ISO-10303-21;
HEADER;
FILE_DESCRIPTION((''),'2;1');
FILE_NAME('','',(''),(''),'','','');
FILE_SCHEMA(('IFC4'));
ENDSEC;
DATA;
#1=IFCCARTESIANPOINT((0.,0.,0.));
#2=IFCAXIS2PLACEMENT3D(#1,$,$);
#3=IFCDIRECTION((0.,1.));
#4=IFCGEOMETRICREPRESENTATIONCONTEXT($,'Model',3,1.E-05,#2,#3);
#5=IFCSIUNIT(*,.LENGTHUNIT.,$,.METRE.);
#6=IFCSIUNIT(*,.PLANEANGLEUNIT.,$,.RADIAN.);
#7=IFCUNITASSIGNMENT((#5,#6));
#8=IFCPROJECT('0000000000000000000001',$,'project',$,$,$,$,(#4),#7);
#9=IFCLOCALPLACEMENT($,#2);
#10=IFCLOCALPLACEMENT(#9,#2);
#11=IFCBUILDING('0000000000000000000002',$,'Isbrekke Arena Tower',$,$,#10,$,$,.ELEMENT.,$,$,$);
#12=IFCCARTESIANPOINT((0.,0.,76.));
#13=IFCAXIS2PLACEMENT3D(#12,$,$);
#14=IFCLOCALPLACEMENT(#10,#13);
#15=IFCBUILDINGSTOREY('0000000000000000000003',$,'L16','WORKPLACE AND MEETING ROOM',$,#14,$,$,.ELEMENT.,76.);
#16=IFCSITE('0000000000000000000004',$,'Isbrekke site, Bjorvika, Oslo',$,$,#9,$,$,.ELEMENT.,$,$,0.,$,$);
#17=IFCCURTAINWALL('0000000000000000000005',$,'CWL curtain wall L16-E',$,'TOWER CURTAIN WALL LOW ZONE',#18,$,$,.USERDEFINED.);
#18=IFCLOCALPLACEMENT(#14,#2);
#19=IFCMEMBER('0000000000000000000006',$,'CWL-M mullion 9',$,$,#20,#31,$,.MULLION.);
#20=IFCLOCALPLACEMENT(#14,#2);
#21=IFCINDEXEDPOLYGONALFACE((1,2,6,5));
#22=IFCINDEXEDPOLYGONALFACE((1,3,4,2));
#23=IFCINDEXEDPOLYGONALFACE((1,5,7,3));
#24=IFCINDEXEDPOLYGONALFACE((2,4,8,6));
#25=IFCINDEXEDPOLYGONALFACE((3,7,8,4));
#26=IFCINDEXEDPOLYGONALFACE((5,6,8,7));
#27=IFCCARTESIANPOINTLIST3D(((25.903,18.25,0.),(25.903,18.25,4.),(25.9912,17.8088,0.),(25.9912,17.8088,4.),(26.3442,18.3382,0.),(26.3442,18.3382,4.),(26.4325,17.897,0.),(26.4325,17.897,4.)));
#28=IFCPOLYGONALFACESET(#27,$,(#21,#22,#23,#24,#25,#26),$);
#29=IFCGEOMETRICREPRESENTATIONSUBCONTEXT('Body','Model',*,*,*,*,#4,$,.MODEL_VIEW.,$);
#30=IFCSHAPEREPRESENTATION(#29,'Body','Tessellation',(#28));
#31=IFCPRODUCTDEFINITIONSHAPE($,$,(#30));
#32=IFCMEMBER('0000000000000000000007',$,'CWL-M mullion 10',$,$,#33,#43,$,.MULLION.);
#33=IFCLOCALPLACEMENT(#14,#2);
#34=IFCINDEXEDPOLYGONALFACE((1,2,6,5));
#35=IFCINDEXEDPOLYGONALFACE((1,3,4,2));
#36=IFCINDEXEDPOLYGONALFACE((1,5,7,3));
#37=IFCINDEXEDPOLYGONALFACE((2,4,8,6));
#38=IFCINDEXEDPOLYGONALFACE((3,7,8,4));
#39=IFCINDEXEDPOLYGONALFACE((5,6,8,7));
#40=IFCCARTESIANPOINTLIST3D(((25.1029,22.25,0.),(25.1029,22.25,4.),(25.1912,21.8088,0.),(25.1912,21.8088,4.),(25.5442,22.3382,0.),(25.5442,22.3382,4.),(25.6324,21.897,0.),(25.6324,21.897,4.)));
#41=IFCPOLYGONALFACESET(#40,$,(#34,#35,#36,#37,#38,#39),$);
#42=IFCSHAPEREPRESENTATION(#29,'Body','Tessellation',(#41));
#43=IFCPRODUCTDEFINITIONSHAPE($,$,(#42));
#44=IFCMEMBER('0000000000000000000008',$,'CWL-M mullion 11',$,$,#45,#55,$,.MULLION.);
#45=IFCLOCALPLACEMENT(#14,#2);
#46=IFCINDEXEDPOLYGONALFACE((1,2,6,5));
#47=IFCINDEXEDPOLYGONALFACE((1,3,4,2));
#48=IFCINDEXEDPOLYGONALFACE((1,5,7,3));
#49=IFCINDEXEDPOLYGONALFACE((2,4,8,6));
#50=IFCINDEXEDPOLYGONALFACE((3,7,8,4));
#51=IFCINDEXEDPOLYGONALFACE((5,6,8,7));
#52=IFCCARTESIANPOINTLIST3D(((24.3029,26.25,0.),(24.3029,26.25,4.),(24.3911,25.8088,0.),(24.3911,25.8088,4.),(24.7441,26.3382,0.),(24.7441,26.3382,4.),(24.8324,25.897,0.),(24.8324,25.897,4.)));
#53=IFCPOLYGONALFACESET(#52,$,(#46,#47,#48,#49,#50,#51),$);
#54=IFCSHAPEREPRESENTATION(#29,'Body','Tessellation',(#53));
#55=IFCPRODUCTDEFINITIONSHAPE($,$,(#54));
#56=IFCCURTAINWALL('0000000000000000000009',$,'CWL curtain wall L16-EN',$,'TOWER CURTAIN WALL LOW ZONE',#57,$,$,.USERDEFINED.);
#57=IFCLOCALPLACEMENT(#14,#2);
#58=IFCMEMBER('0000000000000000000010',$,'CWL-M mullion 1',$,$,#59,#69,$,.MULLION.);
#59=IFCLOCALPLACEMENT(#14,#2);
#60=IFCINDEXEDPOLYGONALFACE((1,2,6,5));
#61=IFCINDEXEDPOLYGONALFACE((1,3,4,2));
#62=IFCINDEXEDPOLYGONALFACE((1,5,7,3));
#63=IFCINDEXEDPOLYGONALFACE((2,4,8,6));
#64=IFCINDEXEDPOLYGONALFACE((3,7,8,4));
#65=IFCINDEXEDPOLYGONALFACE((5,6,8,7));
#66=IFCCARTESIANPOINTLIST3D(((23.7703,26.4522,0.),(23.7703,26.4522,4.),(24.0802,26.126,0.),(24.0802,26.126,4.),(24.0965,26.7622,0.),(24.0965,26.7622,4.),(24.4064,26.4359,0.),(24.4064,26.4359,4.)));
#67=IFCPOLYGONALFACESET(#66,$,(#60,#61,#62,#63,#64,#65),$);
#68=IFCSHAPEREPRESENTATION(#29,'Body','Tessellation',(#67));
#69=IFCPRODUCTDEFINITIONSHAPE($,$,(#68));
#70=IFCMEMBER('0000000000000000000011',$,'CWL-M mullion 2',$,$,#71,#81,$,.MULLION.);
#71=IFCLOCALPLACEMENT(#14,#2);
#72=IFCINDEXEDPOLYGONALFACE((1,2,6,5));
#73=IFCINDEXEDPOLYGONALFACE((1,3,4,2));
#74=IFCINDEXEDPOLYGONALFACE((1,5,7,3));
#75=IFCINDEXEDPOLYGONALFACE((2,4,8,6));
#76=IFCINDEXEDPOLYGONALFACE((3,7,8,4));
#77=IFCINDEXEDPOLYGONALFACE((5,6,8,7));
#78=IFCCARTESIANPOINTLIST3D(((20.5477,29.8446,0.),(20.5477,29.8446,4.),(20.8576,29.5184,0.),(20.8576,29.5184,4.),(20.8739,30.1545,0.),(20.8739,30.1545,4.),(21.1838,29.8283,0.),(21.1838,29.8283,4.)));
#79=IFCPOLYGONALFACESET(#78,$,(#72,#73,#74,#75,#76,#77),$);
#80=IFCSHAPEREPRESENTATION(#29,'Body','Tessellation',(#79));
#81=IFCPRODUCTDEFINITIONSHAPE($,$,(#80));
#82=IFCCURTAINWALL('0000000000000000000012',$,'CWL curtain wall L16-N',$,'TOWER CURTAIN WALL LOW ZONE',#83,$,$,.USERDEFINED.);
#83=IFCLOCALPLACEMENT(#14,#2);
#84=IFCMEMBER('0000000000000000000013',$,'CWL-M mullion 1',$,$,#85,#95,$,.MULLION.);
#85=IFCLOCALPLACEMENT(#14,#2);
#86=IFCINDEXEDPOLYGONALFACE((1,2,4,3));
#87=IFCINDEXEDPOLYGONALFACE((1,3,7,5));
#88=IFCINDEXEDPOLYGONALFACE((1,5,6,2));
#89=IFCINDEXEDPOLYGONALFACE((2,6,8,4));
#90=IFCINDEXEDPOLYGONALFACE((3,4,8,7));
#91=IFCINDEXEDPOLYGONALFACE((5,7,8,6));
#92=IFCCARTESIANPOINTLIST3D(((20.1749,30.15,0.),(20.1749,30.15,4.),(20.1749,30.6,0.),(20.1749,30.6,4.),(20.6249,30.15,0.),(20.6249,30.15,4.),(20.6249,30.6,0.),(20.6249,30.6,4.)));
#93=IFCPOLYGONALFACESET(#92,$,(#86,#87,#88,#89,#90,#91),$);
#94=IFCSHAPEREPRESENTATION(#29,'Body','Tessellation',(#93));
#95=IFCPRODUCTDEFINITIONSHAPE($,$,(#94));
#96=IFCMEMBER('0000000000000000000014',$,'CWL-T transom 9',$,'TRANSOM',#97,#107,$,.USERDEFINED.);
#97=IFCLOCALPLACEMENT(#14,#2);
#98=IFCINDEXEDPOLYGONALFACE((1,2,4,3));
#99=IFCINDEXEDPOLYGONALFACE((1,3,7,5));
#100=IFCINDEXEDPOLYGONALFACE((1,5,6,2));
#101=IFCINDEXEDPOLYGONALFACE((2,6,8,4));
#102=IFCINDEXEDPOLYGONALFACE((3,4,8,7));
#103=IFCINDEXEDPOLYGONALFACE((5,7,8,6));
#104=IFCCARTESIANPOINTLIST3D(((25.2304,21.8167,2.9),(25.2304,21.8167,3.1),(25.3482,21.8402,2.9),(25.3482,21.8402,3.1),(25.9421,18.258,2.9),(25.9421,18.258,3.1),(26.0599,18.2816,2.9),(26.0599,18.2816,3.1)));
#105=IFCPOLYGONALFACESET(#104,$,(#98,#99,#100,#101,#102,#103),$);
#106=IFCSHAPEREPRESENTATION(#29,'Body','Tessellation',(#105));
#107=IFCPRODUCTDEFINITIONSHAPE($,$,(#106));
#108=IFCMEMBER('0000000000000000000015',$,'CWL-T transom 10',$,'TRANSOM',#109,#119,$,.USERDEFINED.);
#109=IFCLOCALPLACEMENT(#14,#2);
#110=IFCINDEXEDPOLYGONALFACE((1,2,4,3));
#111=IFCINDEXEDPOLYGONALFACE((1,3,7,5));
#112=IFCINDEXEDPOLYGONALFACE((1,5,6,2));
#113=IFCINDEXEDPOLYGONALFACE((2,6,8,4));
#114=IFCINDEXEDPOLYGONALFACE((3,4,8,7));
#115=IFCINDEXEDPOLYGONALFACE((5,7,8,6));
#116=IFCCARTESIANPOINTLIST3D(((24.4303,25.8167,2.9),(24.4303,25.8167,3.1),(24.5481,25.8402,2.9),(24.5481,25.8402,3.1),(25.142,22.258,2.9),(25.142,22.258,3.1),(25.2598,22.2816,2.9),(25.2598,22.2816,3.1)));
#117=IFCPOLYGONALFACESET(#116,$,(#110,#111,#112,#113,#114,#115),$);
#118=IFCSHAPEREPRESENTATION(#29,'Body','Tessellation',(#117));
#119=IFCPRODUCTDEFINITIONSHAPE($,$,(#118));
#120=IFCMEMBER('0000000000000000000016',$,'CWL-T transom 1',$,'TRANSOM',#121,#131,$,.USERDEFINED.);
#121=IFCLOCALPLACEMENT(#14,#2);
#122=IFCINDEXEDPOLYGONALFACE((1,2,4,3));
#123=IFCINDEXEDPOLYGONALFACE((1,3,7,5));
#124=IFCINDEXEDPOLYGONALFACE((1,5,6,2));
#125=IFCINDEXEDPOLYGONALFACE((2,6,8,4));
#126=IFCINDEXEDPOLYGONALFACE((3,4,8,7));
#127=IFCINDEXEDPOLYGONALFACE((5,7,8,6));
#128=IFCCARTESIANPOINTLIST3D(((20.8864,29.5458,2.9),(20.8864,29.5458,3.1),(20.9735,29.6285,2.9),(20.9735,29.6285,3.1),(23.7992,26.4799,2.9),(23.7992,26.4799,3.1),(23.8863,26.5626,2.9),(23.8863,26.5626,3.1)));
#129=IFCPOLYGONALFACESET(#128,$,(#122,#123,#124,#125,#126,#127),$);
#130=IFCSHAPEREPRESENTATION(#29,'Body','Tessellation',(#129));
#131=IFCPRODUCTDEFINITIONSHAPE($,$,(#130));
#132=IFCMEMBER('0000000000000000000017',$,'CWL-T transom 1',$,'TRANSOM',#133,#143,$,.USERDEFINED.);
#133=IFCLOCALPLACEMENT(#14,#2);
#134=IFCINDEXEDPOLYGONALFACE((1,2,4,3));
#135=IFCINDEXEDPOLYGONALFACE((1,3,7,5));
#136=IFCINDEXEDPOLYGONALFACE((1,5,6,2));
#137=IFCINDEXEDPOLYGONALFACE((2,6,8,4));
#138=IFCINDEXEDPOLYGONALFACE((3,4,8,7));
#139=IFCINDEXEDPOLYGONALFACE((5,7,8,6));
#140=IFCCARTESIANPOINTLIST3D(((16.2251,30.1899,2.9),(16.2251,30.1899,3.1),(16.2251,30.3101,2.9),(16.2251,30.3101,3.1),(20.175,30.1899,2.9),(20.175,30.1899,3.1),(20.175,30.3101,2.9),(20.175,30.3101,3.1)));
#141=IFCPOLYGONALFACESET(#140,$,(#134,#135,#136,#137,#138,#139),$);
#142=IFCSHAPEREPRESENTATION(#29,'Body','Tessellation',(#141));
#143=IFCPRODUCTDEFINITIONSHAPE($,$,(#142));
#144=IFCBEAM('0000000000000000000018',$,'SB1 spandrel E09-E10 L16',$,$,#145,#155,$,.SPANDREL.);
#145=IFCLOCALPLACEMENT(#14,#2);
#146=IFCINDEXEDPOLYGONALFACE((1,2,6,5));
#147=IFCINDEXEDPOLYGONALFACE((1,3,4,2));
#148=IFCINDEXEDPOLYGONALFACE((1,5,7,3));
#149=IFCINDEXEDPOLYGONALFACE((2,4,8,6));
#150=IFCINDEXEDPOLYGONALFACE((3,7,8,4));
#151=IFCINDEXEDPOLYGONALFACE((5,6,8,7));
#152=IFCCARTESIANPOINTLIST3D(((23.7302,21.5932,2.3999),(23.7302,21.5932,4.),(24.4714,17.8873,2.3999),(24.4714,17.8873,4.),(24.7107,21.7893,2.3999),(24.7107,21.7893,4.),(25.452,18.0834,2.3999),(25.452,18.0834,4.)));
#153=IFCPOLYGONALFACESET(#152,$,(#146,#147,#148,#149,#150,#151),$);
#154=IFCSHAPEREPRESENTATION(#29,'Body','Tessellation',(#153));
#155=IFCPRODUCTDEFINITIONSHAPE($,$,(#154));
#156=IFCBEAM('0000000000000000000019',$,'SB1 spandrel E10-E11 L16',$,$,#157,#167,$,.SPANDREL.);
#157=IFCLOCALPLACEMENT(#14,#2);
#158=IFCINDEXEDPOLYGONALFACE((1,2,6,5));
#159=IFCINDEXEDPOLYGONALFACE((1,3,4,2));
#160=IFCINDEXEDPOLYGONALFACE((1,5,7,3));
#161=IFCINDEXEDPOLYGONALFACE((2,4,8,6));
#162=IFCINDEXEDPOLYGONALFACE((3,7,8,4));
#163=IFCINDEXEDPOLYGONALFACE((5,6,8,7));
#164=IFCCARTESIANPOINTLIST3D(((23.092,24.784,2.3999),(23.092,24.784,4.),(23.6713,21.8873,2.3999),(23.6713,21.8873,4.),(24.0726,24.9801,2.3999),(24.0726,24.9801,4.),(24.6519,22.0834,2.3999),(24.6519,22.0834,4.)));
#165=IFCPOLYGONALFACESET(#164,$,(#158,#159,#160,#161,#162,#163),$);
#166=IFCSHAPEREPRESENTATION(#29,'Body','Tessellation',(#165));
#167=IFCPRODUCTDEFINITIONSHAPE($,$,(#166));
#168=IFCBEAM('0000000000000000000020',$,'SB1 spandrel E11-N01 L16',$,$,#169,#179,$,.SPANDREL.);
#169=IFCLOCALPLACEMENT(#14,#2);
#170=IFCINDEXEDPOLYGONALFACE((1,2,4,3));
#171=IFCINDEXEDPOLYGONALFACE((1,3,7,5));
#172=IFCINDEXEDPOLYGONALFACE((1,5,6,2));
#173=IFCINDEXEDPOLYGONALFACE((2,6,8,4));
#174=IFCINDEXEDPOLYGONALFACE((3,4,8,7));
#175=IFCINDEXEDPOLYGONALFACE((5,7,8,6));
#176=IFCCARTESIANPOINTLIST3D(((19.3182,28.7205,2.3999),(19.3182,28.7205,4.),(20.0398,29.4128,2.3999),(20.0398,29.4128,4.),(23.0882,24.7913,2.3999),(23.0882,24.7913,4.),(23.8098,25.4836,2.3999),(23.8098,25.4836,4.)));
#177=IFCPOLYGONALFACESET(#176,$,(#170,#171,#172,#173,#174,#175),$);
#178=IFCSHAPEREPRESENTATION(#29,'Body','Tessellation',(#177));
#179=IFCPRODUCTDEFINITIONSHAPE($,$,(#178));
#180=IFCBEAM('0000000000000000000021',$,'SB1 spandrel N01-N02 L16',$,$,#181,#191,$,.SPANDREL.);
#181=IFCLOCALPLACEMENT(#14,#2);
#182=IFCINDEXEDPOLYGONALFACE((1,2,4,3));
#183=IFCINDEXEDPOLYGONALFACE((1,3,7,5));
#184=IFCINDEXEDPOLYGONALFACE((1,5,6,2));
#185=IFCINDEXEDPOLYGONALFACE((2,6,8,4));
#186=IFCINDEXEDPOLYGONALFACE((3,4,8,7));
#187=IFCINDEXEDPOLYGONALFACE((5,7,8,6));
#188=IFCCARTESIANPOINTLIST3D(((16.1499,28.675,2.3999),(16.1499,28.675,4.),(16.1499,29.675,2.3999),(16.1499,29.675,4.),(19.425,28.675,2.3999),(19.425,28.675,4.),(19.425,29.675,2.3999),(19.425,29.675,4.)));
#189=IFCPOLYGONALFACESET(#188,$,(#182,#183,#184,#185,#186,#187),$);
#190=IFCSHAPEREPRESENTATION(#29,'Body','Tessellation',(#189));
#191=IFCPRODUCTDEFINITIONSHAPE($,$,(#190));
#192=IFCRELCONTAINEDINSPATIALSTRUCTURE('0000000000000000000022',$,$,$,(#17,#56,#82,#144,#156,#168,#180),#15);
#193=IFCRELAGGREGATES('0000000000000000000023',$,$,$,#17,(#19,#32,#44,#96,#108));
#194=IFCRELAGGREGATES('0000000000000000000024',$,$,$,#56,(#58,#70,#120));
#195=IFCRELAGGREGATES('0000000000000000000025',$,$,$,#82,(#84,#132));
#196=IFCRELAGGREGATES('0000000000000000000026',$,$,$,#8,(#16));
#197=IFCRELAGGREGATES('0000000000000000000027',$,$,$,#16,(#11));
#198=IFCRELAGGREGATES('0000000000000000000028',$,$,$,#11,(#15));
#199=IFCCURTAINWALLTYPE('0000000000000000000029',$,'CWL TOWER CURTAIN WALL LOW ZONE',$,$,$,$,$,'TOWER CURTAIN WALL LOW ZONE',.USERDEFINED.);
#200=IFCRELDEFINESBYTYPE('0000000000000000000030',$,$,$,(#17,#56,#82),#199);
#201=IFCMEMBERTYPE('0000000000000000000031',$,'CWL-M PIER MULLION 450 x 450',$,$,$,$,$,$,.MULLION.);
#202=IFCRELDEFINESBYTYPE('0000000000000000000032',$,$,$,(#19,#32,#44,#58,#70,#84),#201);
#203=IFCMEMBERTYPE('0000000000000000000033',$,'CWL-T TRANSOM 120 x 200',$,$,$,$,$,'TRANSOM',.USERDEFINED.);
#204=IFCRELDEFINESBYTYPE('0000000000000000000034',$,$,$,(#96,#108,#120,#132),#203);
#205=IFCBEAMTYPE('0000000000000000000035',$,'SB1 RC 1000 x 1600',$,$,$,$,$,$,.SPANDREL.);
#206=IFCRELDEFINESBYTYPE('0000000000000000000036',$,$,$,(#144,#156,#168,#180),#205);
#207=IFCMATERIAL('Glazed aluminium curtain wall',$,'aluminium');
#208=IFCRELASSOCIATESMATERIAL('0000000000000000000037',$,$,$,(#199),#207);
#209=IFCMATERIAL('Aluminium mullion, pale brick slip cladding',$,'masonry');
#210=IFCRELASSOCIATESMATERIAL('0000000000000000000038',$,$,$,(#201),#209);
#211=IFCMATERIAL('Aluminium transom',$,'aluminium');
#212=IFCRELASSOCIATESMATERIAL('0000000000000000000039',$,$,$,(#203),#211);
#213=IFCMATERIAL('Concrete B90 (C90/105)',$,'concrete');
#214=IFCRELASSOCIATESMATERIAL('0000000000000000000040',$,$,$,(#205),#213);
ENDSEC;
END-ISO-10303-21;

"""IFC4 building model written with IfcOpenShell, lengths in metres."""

from ifc_helpers import new_model, si_unit, direction, frame, origin, origin_2d, place, context, subcontext, project, spatial, rectangle, extrude, material, material_profile, profile_set, type_object, element, aggregate, save


model = new_model("IFC4")

# Units and contexts
model_context = context("Model", 3, precision=1e-05, world=origin(), true_north=direction((0.0, 1.0)))
body_context = subcontext(model_context, "Body", "Model", "MODEL_VIEW")
ifc_project = project(units=[si_unit("LENGTHUNIT", "METRE"), si_unit("PLANEANGLEUNIT", "RADIAN")], contexts=[model_context])

# Site, building, storey
site_placement = place(None, origin())
site = spatial("IfcSite", under=ifc_project, at=site_placement, Name="Isbrekke site, Bjorvika, Oslo", CompositionType="ELEMENT", RefElevation=0.0)
building_placement = place(site_placement, origin())
building = spatial("IfcBuilding", under=site, at=building_placement, Name="Isbrekke Arena Tower", CompositionType="ELEMENT")
storey_placement = place(building_placement, frame((0.0, 0.0, 76.0)))
storey = spatial("IfcBuildingStorey", under=building, at=storey_placement, Name="L16", Description="WORKPLACE AND MEETING ROOM", CompositionType="ELEMENT", Elevation=76.0)

# Curtain walls, members
ifc_material_1 = material(Name="Glazed aluminium curtain wall", Category="aluminium")
curtain_wall_type = type_object("IfcCurtainWallType", Name="CWL TOWER CURTAIN WALL LOW ZONE", ElementType="TOWER CURTAIN WALL LOW ZONE", PredefinedType="USERDEFINED", material=ifc_material_1)
curtain_wall_1_placement = place(storey_placement, origin())
curtain_wall_1 = element("IfcCurtainWall", 1, at=curtain_wall_1_placement, inside=storey, type_object=curtain_wall_type, Name="CWL curtain wall L16-E", ObjectType="TOWER CURTAIN WALL LOW ZONE", PredefinedType="USERDEFINED")
ifc_material_2 = material(Name="Aluminium mullion, pale brick slip cladding", Category="masonry")
ifc_material_profile_1 = material_profile(ifc_material_2, rectangle(XDim=0.45, YDim=0.45, at=origin_2d()), Name="PIER 450X450")
ifc_profile_set_1 = profile_set([ifc_material_profile_1], Name="Aluminium mullion, pale brick slip cladding")
member_type_1 = type_object("IfcMemberType", Name="CWL-M PIER MULLION 450 x 450", PredefinedType="MULLION", material=ifc_profile_set_1)
member_1_placement = place(storey_placement, frame((26.1677, 18.0735, 0.0), z_axis=(0.0, 0.0, 1.0), x_axis=(-0.196116, 0.980581, 0.0)))
member_1 = element("IfcMember", 2, at=member_1_placement, type_object=member_type_1, Name="CWL-M mullion 9", PredefinedType="MULLION", context=body_context, shape_type="SweptSolid", body=[
    extrude(rectangle(XDim=0.45, YDim=0.45, at=origin_2d()), origin(), (0.0, 0.0, 1.0), 4.0),
])
member_2_placement = place(storey_placement, frame((25.3677, 22.0735, 0.0), z_axis=(0.0, 0.0, 1.0), x_axis=(-0.196116, 0.980581, 0.0)))
member_2 = element("IfcMember", 3, at=member_2_placement, type_object=member_type_1, Name="CWL-M mullion 10", PredefinedType="MULLION", context=body_context, shape_type="SweptSolid", body=[
    extrude(rectangle(XDim=0.45, YDim=0.45, at=origin_2d()), origin(), (0.0, 0.0, 1.0), 4.0),
])
member_3_placement = place(storey_placement, frame((24.5676, 26.0735, 0.0), z_axis=(0.0, 0.0, 1.0), x_axis=(-0.196116, 0.980581, 0.0)))
member_3 = element("IfcMember", 4, at=member_3_placement, type_object=member_type_1, Name="CWL-M mullion 11", PredefinedType="MULLION", context=body_context, shape_type="SweptSolid", body=[
    extrude(rectangle(XDim=0.45, YDim=0.45, at=origin_2d()), origin(), (0.0, 0.0, 1.0), 4.0),
])
curtain_wall_2_placement = place(storey_placement, origin())
curtain_wall_2 = element("IfcCurtainWall", 5, at=curtain_wall_2_placement, inside=storey, type_object=curtain_wall_type, Name="CWL curtain wall L16-EN", ObjectType="TOWER CURTAIN WALL LOW ZONE", PredefinedType="USERDEFINED")
member_4_placement = place(storey_placement, frame((24.0884, 26.4441, 0.0), z_axis=(0.0, 0.0, 1.0), x_axis=(-0.688749, 0.724999, 0.0)))
member_4 = element("IfcMember", 6, at=member_4_placement, type_object=member_type_1, Name="CWL-M mullion 1", PredefinedType="MULLION", context=body_context, shape_type="SweptSolid", body=[
    extrude(rectangle(XDim=0.45, YDim=0.45, at=origin_2d()), origin(), (0.0, 0.0, 1.0), 4.0),
])
member_5_placement = place(storey_placement, frame((20.8657, 29.8364, 0.0), z_axis=(0.0, 0.0, 1.0), x_axis=(-0.688749, 0.724999, 0.0)))
member_5 = element("IfcMember", 7, at=member_5_placement, type_object=member_type_1, Name="CWL-M mullion 2", PredefinedType="MULLION", context=body_context, shape_type="SweptSolid", body=[
    extrude(rectangle(XDim=0.45, YDim=0.45, at=origin_2d()), origin(), (0.0, 0.0, 1.0), 4.0),
])

# Curtain wall, member
curtain_wall_3_placement = place(storey_placement, origin())
curtain_wall_3 = element("IfcCurtainWall", 8, at=curtain_wall_3_placement, inside=storey, type_object=curtain_wall_type, Name="CWL curtain wall L16-N", ObjectType="TOWER CURTAIN WALL LOW ZONE", PredefinedType="USERDEFINED")
member_6_placement = place(storey_placement, frame((20.3999, 30.375, 0.0), z_axis=(0.0, 0.0, 1.0), x_axis=(-1.0, 0.0, 0.0)))
member_6 = element("IfcMember", 9, at=member_6_placement, type_object=member_type_1, Name="CWL-M mullion 1", PredefinedType="MULLION", context=body_context, shape_type="SweptSolid", body=[
    extrude(rectangle(XDim=0.45, YDim=0.45, at=origin_2d()), origin(), (0.0, 0.0, 1.0), 4.0),
])

# Members
ifc_material_3 = material(Name="Aluminium transom", Category="aluminium")
ifc_material_profile_2 = material_profile(ifc_material_3, rectangle(XDim=0.1201, YDim=0.2, at=origin_2d()), Name="TRANSOM 120X200")
ifc_profile_set_2 = profile_set([ifc_material_profile_2], Name="Aluminium transom")
member_type_2 = type_object("IfcMemberType", Name="CWL-T TRANSOM 120 x 200", ElementType="TRANSOM", PredefinedType="USERDEFINED", material=ifc_profile_set_2)
member_7_placement = place(storey_placement, frame((26.001, 18.2698, 3.0), z_axis=(-0.196103, 0.980583, 0.0), x_axis=(-0.980583, -0.196103, 0.0)))
member_7 = element("IfcMember", 10, at=member_7_placement, type_object=member_type_2, Name="CWL-T transom 9", ObjectType="TRANSOM", PredefinedType="USERDEFINED", context=body_context, shape_type="SweptSolid", body=[
    extrude(rectangle(XDim=0.1201, YDim=0.2, at=origin_2d()), origin(), (0.0, 0.0, 1.0), 3.6292),
])
member_8_placement = place(storey_placement, frame((25.2009, 22.2698, 3.0), z_axis=(-0.196103, 0.980583, 0.0), x_axis=(-0.980583, -0.196103, 0.0)))
member_8 = element("IfcMember", 11, at=member_8_placement, type_object=member_type_2, Name="CWL-T transom 10", ObjectType="TRANSOM", PredefinedType="USERDEFINED", context=body_context, shape_type="SweptSolid", body=[
    extrude(rectangle(XDim=0.1201, YDim=0.2, at=origin_2d()), origin(), (0.0, 0.0, 1.0), 3.6292),
])
member_9_placement = place(storey_placement, frame((23.8428, 26.5212, 3.0), z_axis=(-0.688777, 0.724973, 0.0), x_axis=(-0.724973, -0.688777, 0.0)))
member_9 = element("IfcMember", 12, at=member_9_placement, type_object=member_type_2, Name="CWL-T transom 1", ObjectType="TRANSOM", PredefinedType="USERDEFINED", context=body_context, shape_type="SweptSolid", body=[
    extrude(rectangle(XDim=0.1201, YDim=0.2, at=origin_2d()), origin(), (0.0, 0.0, 1.0), 4.229),
])
member_10_placement = place(storey_placement, frame((20.175, 30.25, 3.0), z_axis=(-1.0, 0.0, 0.0), x_axis=(0.0, -1.0, 0.0)))
member_10 = element("IfcMember", 13, at=member_10_placement, type_object=member_type_2, Name="CWL-T transom 1", ObjectType="TRANSOM", PredefinedType="USERDEFINED", context=body_context, shape_type="SweptSolid", body=[
    extrude(rectangle(XDim=0.1201, YDim=0.2, at=origin_2d()), origin(), (0.0, 0.0, 1.0), 3.95),
])

# Beams
ifc_material_4 = material(Name="Concrete B90 (C90/105)", Category="concrete")
ifc_material_profile_3 = material_profile(ifc_material_4, rectangle(XDim=1.0, YDim=1.6001, at=origin_2d()), Name="RC 1000x1600")
ifc_profile_set_3 = profile_set([ifc_material_profile_3], Name="Concrete B90 (C90/105)")
beam_type_1 = type_object("IfcBeamType", Name="SB1 RC 1000 x 1600", PredefinedType="SPANDREL", material=ifc_profile_set_3)
beam_1_placement = place(storey_placement, frame((24.9617, 17.9854, 3.2), z_axis=(-0.196129, 0.980578, 0.0), x_axis=(-0.980578, -0.196129, 0.0)))
element("IfcBeam", 14, at=beam_1_placement, inside=storey, type_object=beam_type_1, Name="SB1 spandrel E09-E10 L16", PredefinedType="SPANDREL", context=body_context, shape_type="SweptSolid", body=[
    extrude(rectangle(XDim=1.0, YDim=1.6001, at=origin_2d()), origin(), (0.0, 0.0, 1.0), 3.7793),
])
beam_2_placement = place(storey_placement, frame((24.1616, 21.9854, 3.2), z_axis=(-0.196116, 0.980581, 0.0), x_axis=(-0.980581, -0.196116, 0.0)))
element("IfcBeam", 15, at=beam_2_placement, inside=storey, type_object=beam_type_1, Name="SB1 spandrel E10-E11 L16", PredefinedType="SPANDREL", context=body_context, shape_type="SweptSolid", body=[
    extrude(rectangle(XDim=1.0, YDim=1.6001, at=origin_2d()), origin(), (0.0, 0.0, 1.0), 2.9541),
])
beam_3_placement = place(storey_placement, frame((23.449, 25.1375, 3.2), z_axis=(-0.69234, 0.721572, 0.0), x_axis=(-0.721572, -0.69234, 0.0)))
element("IfcBeam", 16, at=beam_3_placement, inside=storey, type_object=beam_type_1, Name="SB1 spandrel E11-N01 L16", PredefinedType="SPANDREL", context=body_context, shape_type="SweptSolid", body=[
    extrude(rectangle(XDim=1.0, YDim=1.6001, at=origin_2d()), origin(), (0.0, 0.0, 1.0), 5.4453),
])
beam_4_placement = place(storey_placement, frame((19.425, 29.175, 3.2), z_axis=(-1.0, 0.0, 0.0), x_axis=(0.0, -1.0, 0.0)))
element("IfcBeam", 17, at=beam_4_placement, inside=storey, type_object=beam_type_1, Name="SB1 spandrel N01-N02 L16", PredefinedType="SPANDREL", context=body_context, shape_type="SweptSolid", body=[
    extrude(rectangle(XDim=1.0, YDim=1.6001, at=origin_2d()), origin(), (0.0, 0.0, 1.0), 3.2751),
])

aggregate(curtain_wall_1, [member_1, member_2, member_3, member_7, member_8])
aggregate(curtain_wall_2, [member_4, member_5, member_9])
aggregate(curtain_wall_3, [member_6, member_10])

save(model, "model.ifc")
